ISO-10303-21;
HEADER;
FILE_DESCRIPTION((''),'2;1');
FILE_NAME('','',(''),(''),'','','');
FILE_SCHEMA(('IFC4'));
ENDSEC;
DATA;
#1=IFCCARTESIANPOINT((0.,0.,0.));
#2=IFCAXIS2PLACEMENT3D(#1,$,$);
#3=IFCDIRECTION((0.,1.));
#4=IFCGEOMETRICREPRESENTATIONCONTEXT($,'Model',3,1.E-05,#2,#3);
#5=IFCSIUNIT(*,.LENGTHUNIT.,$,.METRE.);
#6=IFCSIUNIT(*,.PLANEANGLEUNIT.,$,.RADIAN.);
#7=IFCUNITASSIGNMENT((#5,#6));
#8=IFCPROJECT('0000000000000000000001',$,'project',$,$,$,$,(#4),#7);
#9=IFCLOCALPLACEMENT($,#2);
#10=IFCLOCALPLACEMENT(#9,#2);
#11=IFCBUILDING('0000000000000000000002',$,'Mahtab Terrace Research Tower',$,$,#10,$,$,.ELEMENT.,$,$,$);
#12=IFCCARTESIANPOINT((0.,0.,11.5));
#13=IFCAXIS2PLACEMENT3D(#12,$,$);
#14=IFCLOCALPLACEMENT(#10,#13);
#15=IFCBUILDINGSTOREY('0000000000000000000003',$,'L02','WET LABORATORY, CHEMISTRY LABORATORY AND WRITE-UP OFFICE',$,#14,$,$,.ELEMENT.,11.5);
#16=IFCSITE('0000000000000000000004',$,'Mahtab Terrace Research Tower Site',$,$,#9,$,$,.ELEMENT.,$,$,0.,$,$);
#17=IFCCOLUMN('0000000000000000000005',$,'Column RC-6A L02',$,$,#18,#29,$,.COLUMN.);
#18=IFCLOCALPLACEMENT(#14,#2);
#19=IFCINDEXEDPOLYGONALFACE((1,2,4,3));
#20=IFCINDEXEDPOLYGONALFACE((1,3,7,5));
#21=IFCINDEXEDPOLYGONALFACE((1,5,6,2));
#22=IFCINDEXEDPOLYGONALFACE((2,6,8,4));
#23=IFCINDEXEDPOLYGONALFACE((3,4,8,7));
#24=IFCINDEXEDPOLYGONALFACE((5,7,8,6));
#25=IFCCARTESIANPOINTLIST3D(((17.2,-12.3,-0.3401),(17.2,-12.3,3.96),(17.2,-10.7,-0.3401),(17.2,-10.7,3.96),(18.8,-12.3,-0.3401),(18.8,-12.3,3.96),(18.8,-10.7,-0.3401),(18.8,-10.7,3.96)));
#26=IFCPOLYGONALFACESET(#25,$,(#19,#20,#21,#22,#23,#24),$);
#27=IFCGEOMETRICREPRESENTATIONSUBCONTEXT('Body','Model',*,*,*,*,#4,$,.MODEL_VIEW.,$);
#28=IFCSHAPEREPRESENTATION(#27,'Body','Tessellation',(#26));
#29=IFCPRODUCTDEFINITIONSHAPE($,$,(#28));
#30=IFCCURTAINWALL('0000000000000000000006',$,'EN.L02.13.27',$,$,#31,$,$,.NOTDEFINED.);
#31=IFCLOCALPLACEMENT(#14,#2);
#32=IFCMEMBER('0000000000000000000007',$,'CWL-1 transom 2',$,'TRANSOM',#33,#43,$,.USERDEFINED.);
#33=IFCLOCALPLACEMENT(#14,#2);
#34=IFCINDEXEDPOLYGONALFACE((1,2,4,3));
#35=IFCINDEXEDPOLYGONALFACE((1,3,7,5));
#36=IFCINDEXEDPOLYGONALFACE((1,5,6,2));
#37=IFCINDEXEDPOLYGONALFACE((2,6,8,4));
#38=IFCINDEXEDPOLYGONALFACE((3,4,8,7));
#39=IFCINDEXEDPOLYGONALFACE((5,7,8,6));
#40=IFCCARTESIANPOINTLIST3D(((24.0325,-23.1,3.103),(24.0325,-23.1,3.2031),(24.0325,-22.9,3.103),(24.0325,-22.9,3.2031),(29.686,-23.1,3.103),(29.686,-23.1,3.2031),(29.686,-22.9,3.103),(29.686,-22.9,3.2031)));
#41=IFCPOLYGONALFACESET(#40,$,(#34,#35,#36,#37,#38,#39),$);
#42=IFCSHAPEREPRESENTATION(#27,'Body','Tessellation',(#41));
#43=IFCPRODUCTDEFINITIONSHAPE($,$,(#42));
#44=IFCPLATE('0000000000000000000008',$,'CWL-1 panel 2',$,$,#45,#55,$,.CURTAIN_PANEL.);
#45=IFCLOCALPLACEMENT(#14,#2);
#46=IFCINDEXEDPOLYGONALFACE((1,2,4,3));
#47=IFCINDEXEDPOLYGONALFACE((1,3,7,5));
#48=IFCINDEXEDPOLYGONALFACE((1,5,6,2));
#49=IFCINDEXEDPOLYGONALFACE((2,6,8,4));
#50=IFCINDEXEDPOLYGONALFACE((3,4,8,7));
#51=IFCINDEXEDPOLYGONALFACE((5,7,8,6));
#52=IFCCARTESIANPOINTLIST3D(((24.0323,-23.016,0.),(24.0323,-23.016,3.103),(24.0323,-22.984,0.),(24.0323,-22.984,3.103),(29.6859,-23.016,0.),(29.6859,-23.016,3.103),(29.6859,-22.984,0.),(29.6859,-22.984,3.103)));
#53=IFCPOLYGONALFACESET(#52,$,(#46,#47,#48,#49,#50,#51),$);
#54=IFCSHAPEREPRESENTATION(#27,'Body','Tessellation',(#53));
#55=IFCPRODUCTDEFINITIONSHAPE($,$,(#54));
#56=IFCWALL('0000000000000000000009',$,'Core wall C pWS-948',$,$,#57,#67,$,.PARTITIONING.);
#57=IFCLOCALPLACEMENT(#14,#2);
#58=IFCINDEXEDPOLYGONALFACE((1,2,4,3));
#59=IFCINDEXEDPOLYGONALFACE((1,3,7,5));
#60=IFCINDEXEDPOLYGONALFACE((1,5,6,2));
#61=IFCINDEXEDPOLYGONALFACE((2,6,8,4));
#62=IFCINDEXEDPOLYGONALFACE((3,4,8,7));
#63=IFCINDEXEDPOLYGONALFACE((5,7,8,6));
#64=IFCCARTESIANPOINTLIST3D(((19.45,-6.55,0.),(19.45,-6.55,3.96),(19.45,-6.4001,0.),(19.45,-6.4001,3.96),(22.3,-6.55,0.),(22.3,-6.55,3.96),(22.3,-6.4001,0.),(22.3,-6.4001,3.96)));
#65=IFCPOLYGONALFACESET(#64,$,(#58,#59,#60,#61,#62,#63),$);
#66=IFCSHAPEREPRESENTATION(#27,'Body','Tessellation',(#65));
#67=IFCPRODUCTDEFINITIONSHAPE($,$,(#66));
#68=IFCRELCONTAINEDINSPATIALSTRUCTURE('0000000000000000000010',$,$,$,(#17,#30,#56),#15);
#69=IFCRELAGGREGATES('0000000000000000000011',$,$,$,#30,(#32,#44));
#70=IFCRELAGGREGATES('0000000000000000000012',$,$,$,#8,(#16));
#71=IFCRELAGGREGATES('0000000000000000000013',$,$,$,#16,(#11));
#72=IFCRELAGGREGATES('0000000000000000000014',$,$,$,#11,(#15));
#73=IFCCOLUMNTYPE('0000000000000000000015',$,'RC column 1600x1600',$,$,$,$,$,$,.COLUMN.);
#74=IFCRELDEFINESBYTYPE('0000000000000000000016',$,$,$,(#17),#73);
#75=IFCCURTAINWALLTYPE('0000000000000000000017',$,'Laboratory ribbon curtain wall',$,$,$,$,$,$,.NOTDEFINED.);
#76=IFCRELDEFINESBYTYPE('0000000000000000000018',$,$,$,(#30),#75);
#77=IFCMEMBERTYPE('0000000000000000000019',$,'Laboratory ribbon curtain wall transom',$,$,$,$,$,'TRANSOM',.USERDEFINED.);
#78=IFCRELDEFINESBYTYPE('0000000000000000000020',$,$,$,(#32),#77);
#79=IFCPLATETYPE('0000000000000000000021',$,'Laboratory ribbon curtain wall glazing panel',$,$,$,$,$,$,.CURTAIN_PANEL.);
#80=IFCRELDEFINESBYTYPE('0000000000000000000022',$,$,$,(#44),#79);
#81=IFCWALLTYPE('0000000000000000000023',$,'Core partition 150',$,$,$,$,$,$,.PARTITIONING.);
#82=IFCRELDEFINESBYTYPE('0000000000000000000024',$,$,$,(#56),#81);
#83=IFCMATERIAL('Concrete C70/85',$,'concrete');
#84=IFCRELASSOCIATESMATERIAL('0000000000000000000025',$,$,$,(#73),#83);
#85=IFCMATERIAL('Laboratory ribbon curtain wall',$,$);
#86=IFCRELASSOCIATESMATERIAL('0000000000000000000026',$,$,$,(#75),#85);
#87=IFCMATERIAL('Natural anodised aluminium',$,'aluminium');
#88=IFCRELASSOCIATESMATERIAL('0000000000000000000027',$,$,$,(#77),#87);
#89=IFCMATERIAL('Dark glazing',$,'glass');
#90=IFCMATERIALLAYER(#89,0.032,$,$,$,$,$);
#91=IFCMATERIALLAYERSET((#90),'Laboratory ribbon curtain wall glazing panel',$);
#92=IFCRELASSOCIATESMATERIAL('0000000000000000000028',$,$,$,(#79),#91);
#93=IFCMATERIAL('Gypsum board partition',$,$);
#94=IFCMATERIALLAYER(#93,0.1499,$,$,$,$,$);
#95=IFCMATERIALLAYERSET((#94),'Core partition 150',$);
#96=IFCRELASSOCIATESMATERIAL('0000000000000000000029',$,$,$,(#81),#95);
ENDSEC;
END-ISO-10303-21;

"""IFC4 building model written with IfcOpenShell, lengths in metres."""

from ifc_helpers import new_model, si_unit, direction, frame, frame_2d, origin, origin_2d, place, context, subcontext, project, spatial, rectangle, extrude, material, layer, layer_set, material_profile, profile_set, type_object, element, aggregate, save


model = new_model("IFC4")

# Units and contexts
model_context = context("Model", 3, precision=1e-05, world=origin(), true_north=direction((0.0, 1.0)))
body_context = subcontext(model_context, "Body", "Model", "MODEL_VIEW")
ifc_project = project(units=[si_unit("LENGTHUNIT", "METRE"), si_unit("PLANEANGLEUNIT", "RADIAN")], contexts=[model_context])

# Site, building, storey
site_placement = place(None, origin())
site = spatial("IfcSite", under=ifc_project, at=site_placement, Name="Mahtab Terrace Research Tower Site", CompositionType="ELEMENT", RefElevation=0.0)
building_placement = place(site_placement, origin())
building = spatial("IfcBuilding", under=site, at=building_placement, Name="Mahtab Terrace Research Tower", CompositionType="ELEMENT")
storey_placement = place(building_placement, frame((0.0, 0.0, 11.5)))
storey = spatial("IfcBuildingStorey", under=building, at=storey_placement, Name="L02", Description="WET LABORATORY, CHEMISTRY LABORATORY AND WRITE-UP OFFICE", CompositionType="ELEMENT", Elevation=11.5)

# Column
ifc_material_1 = material(Name="Concrete C70/85", Category="concrete")
ifc_material_profile_1 = material_profile(ifc_material_1, rectangle(XDim=1.6001, YDim=1.6001, at=origin_2d()), Name="RC column 1600x1600")
ifc_profile_set_1 = profile_set([ifc_material_profile_1], Name="Concrete C70/85")
column_type = type_object("IfcColumnType", Name="RC column 1600x1600", PredefinedType="COLUMN", material=ifc_profile_set_1)
column_placement = place(storey_placement, frame((18.0, -11.5, -0.3401), z_axis=(0.0, 0.0, 1.0), x_axis=(1.0, 0.0, 0.0)))
element("IfcColumn", 1, at=column_placement, inside=storey, type_object=column_type, Name="Column RC-6A L02", PredefinedType="COLUMN", context=body_context, shape_type="SweptSolid", body=[
    extrude(rectangle(XDim=1.6001, YDim=1.6001, at=origin_2d()), origin(), (0.0, 0.0, 1.0), 4.3),
])

# Curtain wall, member, plate
ifc_material_2 = material(Name="Laboratory ribbon curtain wall")
curtain_wall_type = type_object("IfcCurtainWallType", Name="Laboratory ribbon curtain wall", PredefinedType="NOTDEFINED", material=ifc_material_2)
curtain_wall_placement = place(storey_placement, origin())
curtain_wall = element("IfcCurtainWall", 2, at=curtain_wall_placement, inside=storey, type_object=curtain_wall_type, Name="EN.L02.13.27", PredefinedType="NOTDEFINED")
ifc_material_3 = material(Name="Natural anodised aluminium", Category="aluminium")
ifc_material_profile_2 = material_profile(ifc_material_3, rectangle(XDim=0.2, YDim=0.1001, at=origin_2d()), Name="TRANSOM 100x200")
ifc_profile_set_2 = profile_set([ifc_material_profile_2], Name="Natural anodised aluminium")
member_type = type_object("IfcMemberType", Name="Laboratory ribbon curtain wall transom", ElementType="TRANSOM", PredefinedType="USERDEFINED", material=ifc_profile_set_2)
member_placement = place(storey_placement, frame((24.0325, -23.0, 3.1531), z_axis=(1.0, 0.0, 0.0), x_axis=(0.0, 1.0, 0.0)))
member = element("IfcMember", 3, at=member_placement, type_object=member_type, Name="CWL-1 transom 2", ObjectType="TRANSOM", PredefinedType="USERDEFINED", context=body_context, shape_type="SweptSolid", body=[
    extrude(rectangle(XDim=0.2, YDim=0.1001, at=origin_2d()), origin(), (0.0, 0.0, 1.0), 5.6536),
])
ifc_material_4 = material(Name="Dark glazing", Category="glass")
ifc_layer_1 = layer(ifc_material_4, 0.032)
ifc_layer_set_1 = layer_set([ifc_layer_1], Name="Laboratory ribbon curtain wall glazing panel")
plate_type = type_object("IfcPlateType", Name="Laboratory ribbon curtain wall glazing panel", PredefinedType="CURTAIN_PANEL", material=ifc_layer_set_1)
plate_placement = place(storey_placement, frame((26.8591, -23.0, 0.0), z_axis=(0.0, 0.0, 1.0), x_axis=(1.0, 0.0, 0.0)))
plate = element("IfcPlate", 4, at=plate_placement, type_object=plate_type, Name="CWL-1 panel 2", PredefinedType="CURTAIN_PANEL", context=body_context, shape_type="SweptSolid", body=[
    extrude(rectangle(XDim=5.6536, YDim=0.032, at=origin_2d()), origin(), (0.0, 0.0, 1.0), 3.103),
])
aggregate(curtain_wall, [member, plate])

# Wall
ifc_material_5 = material(Name="Gypsum board partition")
ifc_layer_2 = layer(ifc_material_5, 0.1499)
ifc_layer_set_2 = layer_set([ifc_layer_2], Name="Core partition 150")
wall_type_1 = type_object("IfcWallType", Name="Core partition 150", PredefinedType="PARTITIONING", material=ifc_layer_set_2)
wall_1_placement = place(storey_placement, frame((19.45, -6.4751, 0.0), z_axis=(0.0, 0.0, 1.0), x_axis=(1.0, 0.0, 0.0)))
element("IfcWall", 5, at=wall_1_placement, inside=storey, type_object=wall_type_1, Name="Core wall C pWS-948", PredefinedType="PARTITIONING", context=body_context, shape_type="SweptSolid", body=[
    extrude(rectangle(XDim=2.8501, YDim=0.1499, at=frame_2d((1.425, 0.0))), origin(), (0.0, 0.0, 1.0), 3.96),
])

save(model, "model.ifc")
